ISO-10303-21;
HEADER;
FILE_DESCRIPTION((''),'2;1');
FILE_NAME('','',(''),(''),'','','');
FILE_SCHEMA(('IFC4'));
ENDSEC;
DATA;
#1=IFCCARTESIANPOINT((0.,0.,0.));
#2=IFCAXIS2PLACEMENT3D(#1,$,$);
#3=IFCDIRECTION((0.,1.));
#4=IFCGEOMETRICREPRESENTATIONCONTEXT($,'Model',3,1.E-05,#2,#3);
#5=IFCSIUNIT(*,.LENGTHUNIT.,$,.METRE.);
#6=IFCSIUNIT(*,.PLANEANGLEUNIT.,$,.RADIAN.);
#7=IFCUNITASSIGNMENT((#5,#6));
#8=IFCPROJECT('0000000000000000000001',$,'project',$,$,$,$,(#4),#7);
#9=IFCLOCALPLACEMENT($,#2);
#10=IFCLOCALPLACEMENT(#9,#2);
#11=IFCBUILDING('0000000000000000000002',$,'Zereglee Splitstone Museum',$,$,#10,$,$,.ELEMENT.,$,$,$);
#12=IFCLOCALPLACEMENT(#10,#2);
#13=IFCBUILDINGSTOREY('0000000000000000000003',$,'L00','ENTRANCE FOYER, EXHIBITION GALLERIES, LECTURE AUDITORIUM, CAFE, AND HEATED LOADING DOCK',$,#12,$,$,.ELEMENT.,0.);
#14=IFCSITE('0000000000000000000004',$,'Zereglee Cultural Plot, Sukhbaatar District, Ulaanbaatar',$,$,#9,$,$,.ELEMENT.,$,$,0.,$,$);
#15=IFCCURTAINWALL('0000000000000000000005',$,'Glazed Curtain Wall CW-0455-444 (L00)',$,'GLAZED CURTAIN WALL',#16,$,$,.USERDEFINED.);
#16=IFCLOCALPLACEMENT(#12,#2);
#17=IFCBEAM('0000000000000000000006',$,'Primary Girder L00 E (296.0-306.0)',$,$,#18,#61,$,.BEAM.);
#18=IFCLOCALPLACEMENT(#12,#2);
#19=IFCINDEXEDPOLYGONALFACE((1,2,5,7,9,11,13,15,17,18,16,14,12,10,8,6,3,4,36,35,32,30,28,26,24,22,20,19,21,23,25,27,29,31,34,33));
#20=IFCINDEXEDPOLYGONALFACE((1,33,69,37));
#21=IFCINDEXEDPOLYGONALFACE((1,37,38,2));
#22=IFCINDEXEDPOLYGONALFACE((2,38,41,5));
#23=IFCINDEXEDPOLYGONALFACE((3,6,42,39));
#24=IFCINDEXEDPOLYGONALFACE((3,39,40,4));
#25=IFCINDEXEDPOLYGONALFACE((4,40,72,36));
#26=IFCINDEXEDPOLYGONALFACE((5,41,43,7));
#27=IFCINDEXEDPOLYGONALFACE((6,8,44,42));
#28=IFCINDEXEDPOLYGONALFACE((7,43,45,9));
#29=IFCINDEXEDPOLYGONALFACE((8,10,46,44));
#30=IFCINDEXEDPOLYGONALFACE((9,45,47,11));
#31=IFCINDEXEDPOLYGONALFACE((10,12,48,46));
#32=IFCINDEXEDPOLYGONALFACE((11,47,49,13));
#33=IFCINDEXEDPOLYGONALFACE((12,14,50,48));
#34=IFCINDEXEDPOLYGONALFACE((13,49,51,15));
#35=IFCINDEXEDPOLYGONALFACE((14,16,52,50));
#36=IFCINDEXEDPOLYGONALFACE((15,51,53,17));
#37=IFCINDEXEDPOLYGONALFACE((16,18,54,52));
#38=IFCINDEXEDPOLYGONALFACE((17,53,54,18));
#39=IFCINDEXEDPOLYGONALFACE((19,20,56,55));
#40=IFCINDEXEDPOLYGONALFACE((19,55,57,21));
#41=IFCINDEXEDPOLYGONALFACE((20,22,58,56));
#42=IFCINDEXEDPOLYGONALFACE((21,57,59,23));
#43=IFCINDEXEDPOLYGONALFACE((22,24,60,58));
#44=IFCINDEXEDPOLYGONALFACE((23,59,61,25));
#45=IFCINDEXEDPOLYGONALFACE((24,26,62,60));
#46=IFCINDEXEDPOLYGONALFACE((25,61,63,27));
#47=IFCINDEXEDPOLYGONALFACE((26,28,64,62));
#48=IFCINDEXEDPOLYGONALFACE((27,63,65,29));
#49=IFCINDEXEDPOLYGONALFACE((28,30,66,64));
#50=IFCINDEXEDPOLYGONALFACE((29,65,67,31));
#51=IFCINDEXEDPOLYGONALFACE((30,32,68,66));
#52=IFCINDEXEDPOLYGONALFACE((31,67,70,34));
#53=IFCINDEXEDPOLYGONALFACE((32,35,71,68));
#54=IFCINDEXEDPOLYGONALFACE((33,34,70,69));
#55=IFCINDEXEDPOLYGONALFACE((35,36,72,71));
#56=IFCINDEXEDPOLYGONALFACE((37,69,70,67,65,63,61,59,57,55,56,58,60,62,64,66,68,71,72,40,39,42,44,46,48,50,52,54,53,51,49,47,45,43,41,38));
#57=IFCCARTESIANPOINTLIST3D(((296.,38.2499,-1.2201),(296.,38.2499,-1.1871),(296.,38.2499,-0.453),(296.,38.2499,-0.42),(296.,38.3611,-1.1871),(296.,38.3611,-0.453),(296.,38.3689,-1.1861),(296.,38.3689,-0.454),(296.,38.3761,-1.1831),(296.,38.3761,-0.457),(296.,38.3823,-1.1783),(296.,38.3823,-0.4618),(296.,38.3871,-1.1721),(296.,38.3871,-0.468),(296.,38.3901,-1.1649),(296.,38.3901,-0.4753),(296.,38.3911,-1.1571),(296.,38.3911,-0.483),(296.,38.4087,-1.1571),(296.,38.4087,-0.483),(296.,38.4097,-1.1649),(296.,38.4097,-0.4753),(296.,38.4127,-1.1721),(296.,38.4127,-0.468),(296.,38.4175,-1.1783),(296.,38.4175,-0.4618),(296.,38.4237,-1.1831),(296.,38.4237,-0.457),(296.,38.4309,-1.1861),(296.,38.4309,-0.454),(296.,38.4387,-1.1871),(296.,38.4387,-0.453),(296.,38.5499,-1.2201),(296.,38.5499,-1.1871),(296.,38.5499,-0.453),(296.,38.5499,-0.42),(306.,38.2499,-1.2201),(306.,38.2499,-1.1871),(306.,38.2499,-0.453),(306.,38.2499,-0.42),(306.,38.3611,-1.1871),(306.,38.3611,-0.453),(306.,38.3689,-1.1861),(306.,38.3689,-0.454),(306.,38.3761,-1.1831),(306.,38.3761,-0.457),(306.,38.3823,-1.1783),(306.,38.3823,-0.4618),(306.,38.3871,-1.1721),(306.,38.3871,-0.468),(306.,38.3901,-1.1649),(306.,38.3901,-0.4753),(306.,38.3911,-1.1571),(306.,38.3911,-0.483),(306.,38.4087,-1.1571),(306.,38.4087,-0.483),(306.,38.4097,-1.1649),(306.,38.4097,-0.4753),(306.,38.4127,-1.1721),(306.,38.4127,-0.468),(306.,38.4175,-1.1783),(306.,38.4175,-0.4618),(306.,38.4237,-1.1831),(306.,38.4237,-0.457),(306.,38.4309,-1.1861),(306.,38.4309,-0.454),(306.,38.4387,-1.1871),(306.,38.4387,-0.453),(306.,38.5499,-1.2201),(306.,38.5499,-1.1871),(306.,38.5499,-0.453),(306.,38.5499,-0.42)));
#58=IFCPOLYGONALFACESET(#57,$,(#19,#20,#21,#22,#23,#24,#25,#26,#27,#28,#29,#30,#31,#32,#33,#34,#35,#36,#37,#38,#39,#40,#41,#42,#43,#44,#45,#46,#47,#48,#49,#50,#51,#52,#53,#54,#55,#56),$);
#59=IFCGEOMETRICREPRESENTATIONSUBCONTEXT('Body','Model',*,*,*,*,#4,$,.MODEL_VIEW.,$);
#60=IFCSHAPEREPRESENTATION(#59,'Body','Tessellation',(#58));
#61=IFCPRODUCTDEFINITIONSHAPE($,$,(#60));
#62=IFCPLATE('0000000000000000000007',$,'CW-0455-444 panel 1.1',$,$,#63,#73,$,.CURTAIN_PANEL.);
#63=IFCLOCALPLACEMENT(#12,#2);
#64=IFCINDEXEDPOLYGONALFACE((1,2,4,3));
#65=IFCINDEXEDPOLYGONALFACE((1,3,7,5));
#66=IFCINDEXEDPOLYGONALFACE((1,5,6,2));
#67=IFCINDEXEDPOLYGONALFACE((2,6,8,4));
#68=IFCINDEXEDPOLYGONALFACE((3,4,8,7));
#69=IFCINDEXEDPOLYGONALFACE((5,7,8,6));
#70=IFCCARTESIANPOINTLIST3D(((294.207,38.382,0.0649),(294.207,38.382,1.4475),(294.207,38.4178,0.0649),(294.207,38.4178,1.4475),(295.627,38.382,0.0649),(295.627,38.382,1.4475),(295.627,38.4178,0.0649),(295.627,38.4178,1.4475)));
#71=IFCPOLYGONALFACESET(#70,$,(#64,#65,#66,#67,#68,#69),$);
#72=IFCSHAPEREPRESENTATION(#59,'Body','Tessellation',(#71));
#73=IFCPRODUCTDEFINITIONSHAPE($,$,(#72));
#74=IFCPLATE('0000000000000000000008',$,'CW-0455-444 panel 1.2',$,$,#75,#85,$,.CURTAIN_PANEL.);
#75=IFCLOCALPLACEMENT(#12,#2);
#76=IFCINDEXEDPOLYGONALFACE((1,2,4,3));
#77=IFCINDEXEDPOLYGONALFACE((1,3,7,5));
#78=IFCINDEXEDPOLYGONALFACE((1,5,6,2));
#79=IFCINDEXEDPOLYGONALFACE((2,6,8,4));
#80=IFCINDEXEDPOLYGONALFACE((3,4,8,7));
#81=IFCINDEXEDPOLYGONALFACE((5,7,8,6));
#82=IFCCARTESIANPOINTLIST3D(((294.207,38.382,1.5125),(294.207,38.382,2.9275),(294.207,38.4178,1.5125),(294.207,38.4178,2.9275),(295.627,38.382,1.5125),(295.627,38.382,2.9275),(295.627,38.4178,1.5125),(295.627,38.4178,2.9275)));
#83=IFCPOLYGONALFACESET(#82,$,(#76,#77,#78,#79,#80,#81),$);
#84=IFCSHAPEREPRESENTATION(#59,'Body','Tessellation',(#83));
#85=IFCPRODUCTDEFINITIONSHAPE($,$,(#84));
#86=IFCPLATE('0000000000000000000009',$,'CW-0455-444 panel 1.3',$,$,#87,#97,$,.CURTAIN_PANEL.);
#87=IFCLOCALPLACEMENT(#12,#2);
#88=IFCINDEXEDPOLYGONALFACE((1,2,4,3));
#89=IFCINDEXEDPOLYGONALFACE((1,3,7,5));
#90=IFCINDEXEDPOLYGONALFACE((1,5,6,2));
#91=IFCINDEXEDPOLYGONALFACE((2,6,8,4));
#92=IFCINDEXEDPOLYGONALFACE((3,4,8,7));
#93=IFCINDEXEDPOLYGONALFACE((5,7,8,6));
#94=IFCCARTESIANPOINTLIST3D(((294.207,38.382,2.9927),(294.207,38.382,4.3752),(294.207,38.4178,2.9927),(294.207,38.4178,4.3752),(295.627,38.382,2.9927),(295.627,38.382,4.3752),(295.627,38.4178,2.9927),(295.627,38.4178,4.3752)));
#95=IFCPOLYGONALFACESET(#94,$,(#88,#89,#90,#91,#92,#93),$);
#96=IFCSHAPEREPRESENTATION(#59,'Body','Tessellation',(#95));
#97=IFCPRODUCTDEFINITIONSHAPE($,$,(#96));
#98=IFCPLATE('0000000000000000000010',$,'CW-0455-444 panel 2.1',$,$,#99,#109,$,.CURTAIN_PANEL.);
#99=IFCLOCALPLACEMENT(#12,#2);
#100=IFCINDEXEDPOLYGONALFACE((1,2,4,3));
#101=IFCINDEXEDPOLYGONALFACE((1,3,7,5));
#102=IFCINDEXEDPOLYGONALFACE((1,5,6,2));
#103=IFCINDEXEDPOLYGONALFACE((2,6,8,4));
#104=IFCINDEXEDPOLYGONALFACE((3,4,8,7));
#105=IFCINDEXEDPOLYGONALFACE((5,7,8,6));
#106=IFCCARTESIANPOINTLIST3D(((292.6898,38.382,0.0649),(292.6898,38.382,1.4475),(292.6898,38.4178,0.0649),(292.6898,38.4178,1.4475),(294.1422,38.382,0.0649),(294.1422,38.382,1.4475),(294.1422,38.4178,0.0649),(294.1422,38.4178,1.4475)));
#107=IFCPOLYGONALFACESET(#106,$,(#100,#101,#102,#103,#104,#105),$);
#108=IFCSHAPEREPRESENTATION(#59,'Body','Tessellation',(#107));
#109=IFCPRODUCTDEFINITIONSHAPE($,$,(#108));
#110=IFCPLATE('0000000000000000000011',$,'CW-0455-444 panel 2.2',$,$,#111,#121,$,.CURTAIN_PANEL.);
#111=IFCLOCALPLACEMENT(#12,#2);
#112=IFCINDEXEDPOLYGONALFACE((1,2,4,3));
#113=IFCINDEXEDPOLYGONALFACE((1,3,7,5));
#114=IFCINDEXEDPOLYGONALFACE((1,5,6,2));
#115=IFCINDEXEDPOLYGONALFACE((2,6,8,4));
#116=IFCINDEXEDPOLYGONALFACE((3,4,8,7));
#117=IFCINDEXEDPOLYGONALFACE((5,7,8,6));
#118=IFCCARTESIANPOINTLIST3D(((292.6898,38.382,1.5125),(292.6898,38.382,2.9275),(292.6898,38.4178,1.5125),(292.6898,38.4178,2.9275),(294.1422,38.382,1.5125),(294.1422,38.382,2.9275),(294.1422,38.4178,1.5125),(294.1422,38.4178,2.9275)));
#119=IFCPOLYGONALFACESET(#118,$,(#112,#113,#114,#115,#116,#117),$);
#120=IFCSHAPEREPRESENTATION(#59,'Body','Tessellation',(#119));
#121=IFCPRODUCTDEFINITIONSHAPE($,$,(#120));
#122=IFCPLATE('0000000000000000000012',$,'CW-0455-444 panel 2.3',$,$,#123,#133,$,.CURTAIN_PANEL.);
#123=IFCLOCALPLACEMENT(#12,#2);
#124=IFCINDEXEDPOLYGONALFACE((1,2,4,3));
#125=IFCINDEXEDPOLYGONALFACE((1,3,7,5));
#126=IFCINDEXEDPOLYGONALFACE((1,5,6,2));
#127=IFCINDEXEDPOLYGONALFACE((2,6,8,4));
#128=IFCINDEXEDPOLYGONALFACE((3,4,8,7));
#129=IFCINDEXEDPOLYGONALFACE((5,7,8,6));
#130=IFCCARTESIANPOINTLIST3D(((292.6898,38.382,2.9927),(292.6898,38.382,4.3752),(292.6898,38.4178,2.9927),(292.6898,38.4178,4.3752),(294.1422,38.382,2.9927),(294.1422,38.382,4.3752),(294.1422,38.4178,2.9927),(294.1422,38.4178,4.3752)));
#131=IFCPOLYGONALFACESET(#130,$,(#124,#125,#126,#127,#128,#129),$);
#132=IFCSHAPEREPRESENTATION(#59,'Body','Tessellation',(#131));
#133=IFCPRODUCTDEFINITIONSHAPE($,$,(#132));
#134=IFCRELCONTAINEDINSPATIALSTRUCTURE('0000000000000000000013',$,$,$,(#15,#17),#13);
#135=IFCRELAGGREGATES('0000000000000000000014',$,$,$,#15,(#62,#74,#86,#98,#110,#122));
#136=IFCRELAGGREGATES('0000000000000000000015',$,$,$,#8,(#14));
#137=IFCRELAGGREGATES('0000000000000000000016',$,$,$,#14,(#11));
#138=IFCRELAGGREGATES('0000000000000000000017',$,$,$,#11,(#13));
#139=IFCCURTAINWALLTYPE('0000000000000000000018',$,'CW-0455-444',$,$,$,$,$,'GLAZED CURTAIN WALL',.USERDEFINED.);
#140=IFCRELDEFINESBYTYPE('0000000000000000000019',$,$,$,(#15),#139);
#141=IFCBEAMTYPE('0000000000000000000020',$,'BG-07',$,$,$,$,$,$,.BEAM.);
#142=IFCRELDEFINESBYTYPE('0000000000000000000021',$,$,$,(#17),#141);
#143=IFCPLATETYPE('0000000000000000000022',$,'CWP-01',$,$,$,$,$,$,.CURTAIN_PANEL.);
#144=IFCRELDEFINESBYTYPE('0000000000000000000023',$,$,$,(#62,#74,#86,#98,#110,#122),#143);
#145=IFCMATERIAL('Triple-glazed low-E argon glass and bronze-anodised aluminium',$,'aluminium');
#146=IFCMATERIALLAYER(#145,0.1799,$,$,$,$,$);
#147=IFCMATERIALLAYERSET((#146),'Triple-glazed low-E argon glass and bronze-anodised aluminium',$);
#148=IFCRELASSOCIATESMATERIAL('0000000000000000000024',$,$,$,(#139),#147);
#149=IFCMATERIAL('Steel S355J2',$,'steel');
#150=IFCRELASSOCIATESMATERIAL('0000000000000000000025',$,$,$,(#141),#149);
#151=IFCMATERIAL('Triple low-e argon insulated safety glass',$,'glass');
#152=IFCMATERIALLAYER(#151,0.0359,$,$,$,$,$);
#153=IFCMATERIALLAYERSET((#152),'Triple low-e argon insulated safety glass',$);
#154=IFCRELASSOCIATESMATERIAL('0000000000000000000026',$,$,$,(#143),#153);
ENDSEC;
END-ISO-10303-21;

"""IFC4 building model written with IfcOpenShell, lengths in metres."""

from ifc_helpers import new_model, si_unit, direction, frame, origin, origin_2d, place, context, subcontext, project, spatial, rectangle, i_section, extrude, material, layer, layer_set, material_profile, profile_set, type_object, element, aggregate, save


model = new_model("IFC4")

# Units and contexts
model_context = context("Model", 3, precision=1e-05, world=origin(), true_north=direction((0.0, 1.0)))
body_context = subcontext(model_context, "Body", "Model", "MODEL_VIEW")
ifc_project = project(units=[si_unit("LENGTHUNIT", "METRE"), si_unit("PLANEANGLEUNIT", "RADIAN")], contexts=[model_context])

# Site, building, storey
site_placement = place(None, origin())
site = spatial("IfcSite", under=ifc_project, at=site_placement, Name="Zereglee Cultural Plot, Sukhbaatar District, Ulaanbaatar", CompositionType="ELEMENT", RefElevation=0.0)
building_placement = place(site_placement, origin())
building = spatial("IfcBuilding", under=site, at=building_placement, Name="Zereglee Splitstone Museum", CompositionType="ELEMENT")
storey_placement = place(building_placement, origin())
storey = spatial("IfcBuildingStorey", under=building, at=storey_placement, Name="L00", Description="ENTRANCE FOYER, EXHIBITION GALLERIES, LECTURE AUDITORIUM, CAFE, AND HEATED LOADING DOCK", CompositionType="ELEMENT", Elevation=0.0)

# Curtain wall
ifc_material_1 = material(Name="Triple-glazed low-E argon glass and bronze-anodised aluminium", Category="aluminium")
ifc_layer_1 = layer(ifc_material_1, 0.1799)
ifc_layer_set_1 = layer_set([ifc_layer_1], Name="Triple-glazed low-E argon glass and bronze-anodised aluminium")
curtain_wall_type = type_object("IfcCurtainWallType", Name="CW-0455-444", ElementType="GLAZED CURTAIN WALL", PredefinedType="USERDEFINED", material=ifc_layer_set_1)
curtain_wall_placement = place(storey_placement, origin())
curtain_wall = element("IfcCurtainWall", 1, at=curtain_wall_placement, inside=storey, type_object=curtain_wall_type, Name="Glazed Curtain Wall CW-0455-444 (L00)", ObjectType="GLAZED CURTAIN WALL", PredefinedType="USERDEFINED")

# Beam
ifc_material_2 = material(Name="Steel S355J2", Category="steel")
ifc_material_profile_1 = material_profile(ifc_material_2, i_section(OverallWidth=0.3, OverallDepth=0.8, WebThickness=0.0176, FlangeThickness=0.033, FilletRadius=0.03, at=origin_2d()), Name="HE 800 B")
ifc_profile_set_1 = profile_set([ifc_material_profile_1], Name="Steel S355J2")
beam_type = type_object("IfcBeamType", Name="BG-07", PredefinedType="BEAM", material=ifc_profile_set_1)
beam_placement = place(storey_placement, frame((296.0, 38.3999, -0.8201), z_axis=(1.0, 0.0, 0.0), x_axis=(0.0, 1.0, 0.0)))
element("IfcBeam", 2, at=beam_placement, inside=storey, type_object=beam_type, Name="Primary Girder L00 E (296.0-306.0)", PredefinedType="BEAM", context=body_context, shape_type="SweptSolid", body=[
    extrude(i_section(OverallWidth=0.3, OverallDepth=0.8, WebThickness=0.0176, FlangeThickness=0.033, FilletRadius=0.03, at=origin_2d()), origin(), (0.0, 0.0, 1.0), 10.0),
])

# Plates
ifc_material_3 = material(Name="Triple low-e argon insulated safety glass", Category="glass")
ifc_layer_2 = layer(ifc_material_3, 0.0359)
ifc_layer_set_2 = layer_set([ifc_layer_2], Name="Triple low-e argon insulated safety glass")
plate_type = type_object("IfcPlateType", Name="CWP-01", PredefinedType="CURTAIN_PANEL", material=ifc_layer_set_2)
plate_1_placement = place(storey_placement, frame((294.917, 38.3999, 0.0649), z_axis=(0.0, 0.0, 1.0), x_axis=(-1.0, 0.0, 0.0)))
plate_1 = element("IfcPlate", 3, at=plate_1_placement, type_object=plate_type, Name="CW-0455-444 panel 1.1", PredefinedType="CURTAIN_PANEL", context=body_context, shape_type="SweptSolid", body=[
    extrude(rectangle(XDim=1.4199, YDim=0.0359, at=origin_2d()), origin(), (0.0, 0.0, 1.0), 1.3826),
])
plate_2_placement = place(storey_placement, frame((294.917, 38.3999, 1.5125), z_axis=(0.0, 0.0, 1.0), x_axis=(-1.0, 0.0, 0.0)))
plate_2 = element("IfcPlate", 4, at=plate_2_placement, type_object=plate_type, Name="CW-0455-444 panel 1.2", PredefinedType="CURTAIN_PANEL", context=body_context, shape_type="SweptSolid", body=[
    extrude(rectangle(XDim=1.4199, YDim=0.0359, at=origin_2d()), origin(), (0.0, 0.0, 1.0), 1.415),
])
plate_3_placement = place(storey_placement, frame((294.917, 38.3999, 2.9927), z_axis=(0.0, 0.0, 1.0), x_axis=(-1.0, 0.0, 0.0)))
plate_3 = element("IfcPlate", 5, at=plate_3_placement, type_object=plate_type, Name="CW-0455-444 panel 1.3", PredefinedType="CURTAIN_PANEL", context=body_context, shape_type="SweptSolid", body=[
    extrude(rectangle(XDim=1.4199, YDim=0.0359, at=origin_2d()), origin(), (0.0, 0.0, 1.0), 1.3826),
])
plate_4_placement = place(storey_placement, frame((293.416, 38.3999, 0.0649), z_axis=(0.0, 0.0, 1.0), x_axis=(-1.0, 0.0, 0.0)))
plate_4 = element("IfcPlate", 6, at=plate_4_placement, type_object=plate_type, Name="CW-0455-444 panel 2.1", PredefinedType="CURTAIN_PANEL", context=body_context, shape_type="SweptSolid", body=[
    extrude(rectangle(XDim=1.4524, YDim=0.0359, at=origin_2d()), origin(), (0.0, 0.0, 1.0), 1.3826),
])
plate_5_placement = place(storey_placement, frame((293.416, 38.3999, 1.5125), z_axis=(0.0, 0.0, 1.0), x_axis=(-1.0, 0.0, 0.0)))
plate_5 = element("IfcPlate", 7, at=plate_5_placement, type_object=plate_type, Name="CW-0455-444 panel 2.2", PredefinedType="CURTAIN_PANEL", context=body_context, shape_type="SweptSolid", body=[
    extrude(rectangle(XDim=1.4524, YDim=0.0359, at=origin_2d()), origin(), (0.0, 0.0, 1.0), 1.415),
])
plate_6_placement = place(storey_placement, frame((293.416, 38.3999, 2.9927), z_axis=(0.0, 0.0, 1.0), x_axis=(-1.0, 0.0, 0.0)))
plate_6 = element("IfcPlate", 8, at=plate_6_placement, type_object=plate_type, Name="CW-0455-444 panel 2.3", PredefinedType="CURTAIN_PANEL", context=body_context, shape_type="SweptSolid", body=[
    extrude(rectangle(XDim=1.4524, YDim=0.0359, at=origin_2d()), origin(), (0.0, 0.0, 1.0), 1.3826),
])
aggregate(curtain_wall, [plate_1, plate_2, plate_3, plate_4, plate_5, plate_6])

save(model, "model.ifc")
